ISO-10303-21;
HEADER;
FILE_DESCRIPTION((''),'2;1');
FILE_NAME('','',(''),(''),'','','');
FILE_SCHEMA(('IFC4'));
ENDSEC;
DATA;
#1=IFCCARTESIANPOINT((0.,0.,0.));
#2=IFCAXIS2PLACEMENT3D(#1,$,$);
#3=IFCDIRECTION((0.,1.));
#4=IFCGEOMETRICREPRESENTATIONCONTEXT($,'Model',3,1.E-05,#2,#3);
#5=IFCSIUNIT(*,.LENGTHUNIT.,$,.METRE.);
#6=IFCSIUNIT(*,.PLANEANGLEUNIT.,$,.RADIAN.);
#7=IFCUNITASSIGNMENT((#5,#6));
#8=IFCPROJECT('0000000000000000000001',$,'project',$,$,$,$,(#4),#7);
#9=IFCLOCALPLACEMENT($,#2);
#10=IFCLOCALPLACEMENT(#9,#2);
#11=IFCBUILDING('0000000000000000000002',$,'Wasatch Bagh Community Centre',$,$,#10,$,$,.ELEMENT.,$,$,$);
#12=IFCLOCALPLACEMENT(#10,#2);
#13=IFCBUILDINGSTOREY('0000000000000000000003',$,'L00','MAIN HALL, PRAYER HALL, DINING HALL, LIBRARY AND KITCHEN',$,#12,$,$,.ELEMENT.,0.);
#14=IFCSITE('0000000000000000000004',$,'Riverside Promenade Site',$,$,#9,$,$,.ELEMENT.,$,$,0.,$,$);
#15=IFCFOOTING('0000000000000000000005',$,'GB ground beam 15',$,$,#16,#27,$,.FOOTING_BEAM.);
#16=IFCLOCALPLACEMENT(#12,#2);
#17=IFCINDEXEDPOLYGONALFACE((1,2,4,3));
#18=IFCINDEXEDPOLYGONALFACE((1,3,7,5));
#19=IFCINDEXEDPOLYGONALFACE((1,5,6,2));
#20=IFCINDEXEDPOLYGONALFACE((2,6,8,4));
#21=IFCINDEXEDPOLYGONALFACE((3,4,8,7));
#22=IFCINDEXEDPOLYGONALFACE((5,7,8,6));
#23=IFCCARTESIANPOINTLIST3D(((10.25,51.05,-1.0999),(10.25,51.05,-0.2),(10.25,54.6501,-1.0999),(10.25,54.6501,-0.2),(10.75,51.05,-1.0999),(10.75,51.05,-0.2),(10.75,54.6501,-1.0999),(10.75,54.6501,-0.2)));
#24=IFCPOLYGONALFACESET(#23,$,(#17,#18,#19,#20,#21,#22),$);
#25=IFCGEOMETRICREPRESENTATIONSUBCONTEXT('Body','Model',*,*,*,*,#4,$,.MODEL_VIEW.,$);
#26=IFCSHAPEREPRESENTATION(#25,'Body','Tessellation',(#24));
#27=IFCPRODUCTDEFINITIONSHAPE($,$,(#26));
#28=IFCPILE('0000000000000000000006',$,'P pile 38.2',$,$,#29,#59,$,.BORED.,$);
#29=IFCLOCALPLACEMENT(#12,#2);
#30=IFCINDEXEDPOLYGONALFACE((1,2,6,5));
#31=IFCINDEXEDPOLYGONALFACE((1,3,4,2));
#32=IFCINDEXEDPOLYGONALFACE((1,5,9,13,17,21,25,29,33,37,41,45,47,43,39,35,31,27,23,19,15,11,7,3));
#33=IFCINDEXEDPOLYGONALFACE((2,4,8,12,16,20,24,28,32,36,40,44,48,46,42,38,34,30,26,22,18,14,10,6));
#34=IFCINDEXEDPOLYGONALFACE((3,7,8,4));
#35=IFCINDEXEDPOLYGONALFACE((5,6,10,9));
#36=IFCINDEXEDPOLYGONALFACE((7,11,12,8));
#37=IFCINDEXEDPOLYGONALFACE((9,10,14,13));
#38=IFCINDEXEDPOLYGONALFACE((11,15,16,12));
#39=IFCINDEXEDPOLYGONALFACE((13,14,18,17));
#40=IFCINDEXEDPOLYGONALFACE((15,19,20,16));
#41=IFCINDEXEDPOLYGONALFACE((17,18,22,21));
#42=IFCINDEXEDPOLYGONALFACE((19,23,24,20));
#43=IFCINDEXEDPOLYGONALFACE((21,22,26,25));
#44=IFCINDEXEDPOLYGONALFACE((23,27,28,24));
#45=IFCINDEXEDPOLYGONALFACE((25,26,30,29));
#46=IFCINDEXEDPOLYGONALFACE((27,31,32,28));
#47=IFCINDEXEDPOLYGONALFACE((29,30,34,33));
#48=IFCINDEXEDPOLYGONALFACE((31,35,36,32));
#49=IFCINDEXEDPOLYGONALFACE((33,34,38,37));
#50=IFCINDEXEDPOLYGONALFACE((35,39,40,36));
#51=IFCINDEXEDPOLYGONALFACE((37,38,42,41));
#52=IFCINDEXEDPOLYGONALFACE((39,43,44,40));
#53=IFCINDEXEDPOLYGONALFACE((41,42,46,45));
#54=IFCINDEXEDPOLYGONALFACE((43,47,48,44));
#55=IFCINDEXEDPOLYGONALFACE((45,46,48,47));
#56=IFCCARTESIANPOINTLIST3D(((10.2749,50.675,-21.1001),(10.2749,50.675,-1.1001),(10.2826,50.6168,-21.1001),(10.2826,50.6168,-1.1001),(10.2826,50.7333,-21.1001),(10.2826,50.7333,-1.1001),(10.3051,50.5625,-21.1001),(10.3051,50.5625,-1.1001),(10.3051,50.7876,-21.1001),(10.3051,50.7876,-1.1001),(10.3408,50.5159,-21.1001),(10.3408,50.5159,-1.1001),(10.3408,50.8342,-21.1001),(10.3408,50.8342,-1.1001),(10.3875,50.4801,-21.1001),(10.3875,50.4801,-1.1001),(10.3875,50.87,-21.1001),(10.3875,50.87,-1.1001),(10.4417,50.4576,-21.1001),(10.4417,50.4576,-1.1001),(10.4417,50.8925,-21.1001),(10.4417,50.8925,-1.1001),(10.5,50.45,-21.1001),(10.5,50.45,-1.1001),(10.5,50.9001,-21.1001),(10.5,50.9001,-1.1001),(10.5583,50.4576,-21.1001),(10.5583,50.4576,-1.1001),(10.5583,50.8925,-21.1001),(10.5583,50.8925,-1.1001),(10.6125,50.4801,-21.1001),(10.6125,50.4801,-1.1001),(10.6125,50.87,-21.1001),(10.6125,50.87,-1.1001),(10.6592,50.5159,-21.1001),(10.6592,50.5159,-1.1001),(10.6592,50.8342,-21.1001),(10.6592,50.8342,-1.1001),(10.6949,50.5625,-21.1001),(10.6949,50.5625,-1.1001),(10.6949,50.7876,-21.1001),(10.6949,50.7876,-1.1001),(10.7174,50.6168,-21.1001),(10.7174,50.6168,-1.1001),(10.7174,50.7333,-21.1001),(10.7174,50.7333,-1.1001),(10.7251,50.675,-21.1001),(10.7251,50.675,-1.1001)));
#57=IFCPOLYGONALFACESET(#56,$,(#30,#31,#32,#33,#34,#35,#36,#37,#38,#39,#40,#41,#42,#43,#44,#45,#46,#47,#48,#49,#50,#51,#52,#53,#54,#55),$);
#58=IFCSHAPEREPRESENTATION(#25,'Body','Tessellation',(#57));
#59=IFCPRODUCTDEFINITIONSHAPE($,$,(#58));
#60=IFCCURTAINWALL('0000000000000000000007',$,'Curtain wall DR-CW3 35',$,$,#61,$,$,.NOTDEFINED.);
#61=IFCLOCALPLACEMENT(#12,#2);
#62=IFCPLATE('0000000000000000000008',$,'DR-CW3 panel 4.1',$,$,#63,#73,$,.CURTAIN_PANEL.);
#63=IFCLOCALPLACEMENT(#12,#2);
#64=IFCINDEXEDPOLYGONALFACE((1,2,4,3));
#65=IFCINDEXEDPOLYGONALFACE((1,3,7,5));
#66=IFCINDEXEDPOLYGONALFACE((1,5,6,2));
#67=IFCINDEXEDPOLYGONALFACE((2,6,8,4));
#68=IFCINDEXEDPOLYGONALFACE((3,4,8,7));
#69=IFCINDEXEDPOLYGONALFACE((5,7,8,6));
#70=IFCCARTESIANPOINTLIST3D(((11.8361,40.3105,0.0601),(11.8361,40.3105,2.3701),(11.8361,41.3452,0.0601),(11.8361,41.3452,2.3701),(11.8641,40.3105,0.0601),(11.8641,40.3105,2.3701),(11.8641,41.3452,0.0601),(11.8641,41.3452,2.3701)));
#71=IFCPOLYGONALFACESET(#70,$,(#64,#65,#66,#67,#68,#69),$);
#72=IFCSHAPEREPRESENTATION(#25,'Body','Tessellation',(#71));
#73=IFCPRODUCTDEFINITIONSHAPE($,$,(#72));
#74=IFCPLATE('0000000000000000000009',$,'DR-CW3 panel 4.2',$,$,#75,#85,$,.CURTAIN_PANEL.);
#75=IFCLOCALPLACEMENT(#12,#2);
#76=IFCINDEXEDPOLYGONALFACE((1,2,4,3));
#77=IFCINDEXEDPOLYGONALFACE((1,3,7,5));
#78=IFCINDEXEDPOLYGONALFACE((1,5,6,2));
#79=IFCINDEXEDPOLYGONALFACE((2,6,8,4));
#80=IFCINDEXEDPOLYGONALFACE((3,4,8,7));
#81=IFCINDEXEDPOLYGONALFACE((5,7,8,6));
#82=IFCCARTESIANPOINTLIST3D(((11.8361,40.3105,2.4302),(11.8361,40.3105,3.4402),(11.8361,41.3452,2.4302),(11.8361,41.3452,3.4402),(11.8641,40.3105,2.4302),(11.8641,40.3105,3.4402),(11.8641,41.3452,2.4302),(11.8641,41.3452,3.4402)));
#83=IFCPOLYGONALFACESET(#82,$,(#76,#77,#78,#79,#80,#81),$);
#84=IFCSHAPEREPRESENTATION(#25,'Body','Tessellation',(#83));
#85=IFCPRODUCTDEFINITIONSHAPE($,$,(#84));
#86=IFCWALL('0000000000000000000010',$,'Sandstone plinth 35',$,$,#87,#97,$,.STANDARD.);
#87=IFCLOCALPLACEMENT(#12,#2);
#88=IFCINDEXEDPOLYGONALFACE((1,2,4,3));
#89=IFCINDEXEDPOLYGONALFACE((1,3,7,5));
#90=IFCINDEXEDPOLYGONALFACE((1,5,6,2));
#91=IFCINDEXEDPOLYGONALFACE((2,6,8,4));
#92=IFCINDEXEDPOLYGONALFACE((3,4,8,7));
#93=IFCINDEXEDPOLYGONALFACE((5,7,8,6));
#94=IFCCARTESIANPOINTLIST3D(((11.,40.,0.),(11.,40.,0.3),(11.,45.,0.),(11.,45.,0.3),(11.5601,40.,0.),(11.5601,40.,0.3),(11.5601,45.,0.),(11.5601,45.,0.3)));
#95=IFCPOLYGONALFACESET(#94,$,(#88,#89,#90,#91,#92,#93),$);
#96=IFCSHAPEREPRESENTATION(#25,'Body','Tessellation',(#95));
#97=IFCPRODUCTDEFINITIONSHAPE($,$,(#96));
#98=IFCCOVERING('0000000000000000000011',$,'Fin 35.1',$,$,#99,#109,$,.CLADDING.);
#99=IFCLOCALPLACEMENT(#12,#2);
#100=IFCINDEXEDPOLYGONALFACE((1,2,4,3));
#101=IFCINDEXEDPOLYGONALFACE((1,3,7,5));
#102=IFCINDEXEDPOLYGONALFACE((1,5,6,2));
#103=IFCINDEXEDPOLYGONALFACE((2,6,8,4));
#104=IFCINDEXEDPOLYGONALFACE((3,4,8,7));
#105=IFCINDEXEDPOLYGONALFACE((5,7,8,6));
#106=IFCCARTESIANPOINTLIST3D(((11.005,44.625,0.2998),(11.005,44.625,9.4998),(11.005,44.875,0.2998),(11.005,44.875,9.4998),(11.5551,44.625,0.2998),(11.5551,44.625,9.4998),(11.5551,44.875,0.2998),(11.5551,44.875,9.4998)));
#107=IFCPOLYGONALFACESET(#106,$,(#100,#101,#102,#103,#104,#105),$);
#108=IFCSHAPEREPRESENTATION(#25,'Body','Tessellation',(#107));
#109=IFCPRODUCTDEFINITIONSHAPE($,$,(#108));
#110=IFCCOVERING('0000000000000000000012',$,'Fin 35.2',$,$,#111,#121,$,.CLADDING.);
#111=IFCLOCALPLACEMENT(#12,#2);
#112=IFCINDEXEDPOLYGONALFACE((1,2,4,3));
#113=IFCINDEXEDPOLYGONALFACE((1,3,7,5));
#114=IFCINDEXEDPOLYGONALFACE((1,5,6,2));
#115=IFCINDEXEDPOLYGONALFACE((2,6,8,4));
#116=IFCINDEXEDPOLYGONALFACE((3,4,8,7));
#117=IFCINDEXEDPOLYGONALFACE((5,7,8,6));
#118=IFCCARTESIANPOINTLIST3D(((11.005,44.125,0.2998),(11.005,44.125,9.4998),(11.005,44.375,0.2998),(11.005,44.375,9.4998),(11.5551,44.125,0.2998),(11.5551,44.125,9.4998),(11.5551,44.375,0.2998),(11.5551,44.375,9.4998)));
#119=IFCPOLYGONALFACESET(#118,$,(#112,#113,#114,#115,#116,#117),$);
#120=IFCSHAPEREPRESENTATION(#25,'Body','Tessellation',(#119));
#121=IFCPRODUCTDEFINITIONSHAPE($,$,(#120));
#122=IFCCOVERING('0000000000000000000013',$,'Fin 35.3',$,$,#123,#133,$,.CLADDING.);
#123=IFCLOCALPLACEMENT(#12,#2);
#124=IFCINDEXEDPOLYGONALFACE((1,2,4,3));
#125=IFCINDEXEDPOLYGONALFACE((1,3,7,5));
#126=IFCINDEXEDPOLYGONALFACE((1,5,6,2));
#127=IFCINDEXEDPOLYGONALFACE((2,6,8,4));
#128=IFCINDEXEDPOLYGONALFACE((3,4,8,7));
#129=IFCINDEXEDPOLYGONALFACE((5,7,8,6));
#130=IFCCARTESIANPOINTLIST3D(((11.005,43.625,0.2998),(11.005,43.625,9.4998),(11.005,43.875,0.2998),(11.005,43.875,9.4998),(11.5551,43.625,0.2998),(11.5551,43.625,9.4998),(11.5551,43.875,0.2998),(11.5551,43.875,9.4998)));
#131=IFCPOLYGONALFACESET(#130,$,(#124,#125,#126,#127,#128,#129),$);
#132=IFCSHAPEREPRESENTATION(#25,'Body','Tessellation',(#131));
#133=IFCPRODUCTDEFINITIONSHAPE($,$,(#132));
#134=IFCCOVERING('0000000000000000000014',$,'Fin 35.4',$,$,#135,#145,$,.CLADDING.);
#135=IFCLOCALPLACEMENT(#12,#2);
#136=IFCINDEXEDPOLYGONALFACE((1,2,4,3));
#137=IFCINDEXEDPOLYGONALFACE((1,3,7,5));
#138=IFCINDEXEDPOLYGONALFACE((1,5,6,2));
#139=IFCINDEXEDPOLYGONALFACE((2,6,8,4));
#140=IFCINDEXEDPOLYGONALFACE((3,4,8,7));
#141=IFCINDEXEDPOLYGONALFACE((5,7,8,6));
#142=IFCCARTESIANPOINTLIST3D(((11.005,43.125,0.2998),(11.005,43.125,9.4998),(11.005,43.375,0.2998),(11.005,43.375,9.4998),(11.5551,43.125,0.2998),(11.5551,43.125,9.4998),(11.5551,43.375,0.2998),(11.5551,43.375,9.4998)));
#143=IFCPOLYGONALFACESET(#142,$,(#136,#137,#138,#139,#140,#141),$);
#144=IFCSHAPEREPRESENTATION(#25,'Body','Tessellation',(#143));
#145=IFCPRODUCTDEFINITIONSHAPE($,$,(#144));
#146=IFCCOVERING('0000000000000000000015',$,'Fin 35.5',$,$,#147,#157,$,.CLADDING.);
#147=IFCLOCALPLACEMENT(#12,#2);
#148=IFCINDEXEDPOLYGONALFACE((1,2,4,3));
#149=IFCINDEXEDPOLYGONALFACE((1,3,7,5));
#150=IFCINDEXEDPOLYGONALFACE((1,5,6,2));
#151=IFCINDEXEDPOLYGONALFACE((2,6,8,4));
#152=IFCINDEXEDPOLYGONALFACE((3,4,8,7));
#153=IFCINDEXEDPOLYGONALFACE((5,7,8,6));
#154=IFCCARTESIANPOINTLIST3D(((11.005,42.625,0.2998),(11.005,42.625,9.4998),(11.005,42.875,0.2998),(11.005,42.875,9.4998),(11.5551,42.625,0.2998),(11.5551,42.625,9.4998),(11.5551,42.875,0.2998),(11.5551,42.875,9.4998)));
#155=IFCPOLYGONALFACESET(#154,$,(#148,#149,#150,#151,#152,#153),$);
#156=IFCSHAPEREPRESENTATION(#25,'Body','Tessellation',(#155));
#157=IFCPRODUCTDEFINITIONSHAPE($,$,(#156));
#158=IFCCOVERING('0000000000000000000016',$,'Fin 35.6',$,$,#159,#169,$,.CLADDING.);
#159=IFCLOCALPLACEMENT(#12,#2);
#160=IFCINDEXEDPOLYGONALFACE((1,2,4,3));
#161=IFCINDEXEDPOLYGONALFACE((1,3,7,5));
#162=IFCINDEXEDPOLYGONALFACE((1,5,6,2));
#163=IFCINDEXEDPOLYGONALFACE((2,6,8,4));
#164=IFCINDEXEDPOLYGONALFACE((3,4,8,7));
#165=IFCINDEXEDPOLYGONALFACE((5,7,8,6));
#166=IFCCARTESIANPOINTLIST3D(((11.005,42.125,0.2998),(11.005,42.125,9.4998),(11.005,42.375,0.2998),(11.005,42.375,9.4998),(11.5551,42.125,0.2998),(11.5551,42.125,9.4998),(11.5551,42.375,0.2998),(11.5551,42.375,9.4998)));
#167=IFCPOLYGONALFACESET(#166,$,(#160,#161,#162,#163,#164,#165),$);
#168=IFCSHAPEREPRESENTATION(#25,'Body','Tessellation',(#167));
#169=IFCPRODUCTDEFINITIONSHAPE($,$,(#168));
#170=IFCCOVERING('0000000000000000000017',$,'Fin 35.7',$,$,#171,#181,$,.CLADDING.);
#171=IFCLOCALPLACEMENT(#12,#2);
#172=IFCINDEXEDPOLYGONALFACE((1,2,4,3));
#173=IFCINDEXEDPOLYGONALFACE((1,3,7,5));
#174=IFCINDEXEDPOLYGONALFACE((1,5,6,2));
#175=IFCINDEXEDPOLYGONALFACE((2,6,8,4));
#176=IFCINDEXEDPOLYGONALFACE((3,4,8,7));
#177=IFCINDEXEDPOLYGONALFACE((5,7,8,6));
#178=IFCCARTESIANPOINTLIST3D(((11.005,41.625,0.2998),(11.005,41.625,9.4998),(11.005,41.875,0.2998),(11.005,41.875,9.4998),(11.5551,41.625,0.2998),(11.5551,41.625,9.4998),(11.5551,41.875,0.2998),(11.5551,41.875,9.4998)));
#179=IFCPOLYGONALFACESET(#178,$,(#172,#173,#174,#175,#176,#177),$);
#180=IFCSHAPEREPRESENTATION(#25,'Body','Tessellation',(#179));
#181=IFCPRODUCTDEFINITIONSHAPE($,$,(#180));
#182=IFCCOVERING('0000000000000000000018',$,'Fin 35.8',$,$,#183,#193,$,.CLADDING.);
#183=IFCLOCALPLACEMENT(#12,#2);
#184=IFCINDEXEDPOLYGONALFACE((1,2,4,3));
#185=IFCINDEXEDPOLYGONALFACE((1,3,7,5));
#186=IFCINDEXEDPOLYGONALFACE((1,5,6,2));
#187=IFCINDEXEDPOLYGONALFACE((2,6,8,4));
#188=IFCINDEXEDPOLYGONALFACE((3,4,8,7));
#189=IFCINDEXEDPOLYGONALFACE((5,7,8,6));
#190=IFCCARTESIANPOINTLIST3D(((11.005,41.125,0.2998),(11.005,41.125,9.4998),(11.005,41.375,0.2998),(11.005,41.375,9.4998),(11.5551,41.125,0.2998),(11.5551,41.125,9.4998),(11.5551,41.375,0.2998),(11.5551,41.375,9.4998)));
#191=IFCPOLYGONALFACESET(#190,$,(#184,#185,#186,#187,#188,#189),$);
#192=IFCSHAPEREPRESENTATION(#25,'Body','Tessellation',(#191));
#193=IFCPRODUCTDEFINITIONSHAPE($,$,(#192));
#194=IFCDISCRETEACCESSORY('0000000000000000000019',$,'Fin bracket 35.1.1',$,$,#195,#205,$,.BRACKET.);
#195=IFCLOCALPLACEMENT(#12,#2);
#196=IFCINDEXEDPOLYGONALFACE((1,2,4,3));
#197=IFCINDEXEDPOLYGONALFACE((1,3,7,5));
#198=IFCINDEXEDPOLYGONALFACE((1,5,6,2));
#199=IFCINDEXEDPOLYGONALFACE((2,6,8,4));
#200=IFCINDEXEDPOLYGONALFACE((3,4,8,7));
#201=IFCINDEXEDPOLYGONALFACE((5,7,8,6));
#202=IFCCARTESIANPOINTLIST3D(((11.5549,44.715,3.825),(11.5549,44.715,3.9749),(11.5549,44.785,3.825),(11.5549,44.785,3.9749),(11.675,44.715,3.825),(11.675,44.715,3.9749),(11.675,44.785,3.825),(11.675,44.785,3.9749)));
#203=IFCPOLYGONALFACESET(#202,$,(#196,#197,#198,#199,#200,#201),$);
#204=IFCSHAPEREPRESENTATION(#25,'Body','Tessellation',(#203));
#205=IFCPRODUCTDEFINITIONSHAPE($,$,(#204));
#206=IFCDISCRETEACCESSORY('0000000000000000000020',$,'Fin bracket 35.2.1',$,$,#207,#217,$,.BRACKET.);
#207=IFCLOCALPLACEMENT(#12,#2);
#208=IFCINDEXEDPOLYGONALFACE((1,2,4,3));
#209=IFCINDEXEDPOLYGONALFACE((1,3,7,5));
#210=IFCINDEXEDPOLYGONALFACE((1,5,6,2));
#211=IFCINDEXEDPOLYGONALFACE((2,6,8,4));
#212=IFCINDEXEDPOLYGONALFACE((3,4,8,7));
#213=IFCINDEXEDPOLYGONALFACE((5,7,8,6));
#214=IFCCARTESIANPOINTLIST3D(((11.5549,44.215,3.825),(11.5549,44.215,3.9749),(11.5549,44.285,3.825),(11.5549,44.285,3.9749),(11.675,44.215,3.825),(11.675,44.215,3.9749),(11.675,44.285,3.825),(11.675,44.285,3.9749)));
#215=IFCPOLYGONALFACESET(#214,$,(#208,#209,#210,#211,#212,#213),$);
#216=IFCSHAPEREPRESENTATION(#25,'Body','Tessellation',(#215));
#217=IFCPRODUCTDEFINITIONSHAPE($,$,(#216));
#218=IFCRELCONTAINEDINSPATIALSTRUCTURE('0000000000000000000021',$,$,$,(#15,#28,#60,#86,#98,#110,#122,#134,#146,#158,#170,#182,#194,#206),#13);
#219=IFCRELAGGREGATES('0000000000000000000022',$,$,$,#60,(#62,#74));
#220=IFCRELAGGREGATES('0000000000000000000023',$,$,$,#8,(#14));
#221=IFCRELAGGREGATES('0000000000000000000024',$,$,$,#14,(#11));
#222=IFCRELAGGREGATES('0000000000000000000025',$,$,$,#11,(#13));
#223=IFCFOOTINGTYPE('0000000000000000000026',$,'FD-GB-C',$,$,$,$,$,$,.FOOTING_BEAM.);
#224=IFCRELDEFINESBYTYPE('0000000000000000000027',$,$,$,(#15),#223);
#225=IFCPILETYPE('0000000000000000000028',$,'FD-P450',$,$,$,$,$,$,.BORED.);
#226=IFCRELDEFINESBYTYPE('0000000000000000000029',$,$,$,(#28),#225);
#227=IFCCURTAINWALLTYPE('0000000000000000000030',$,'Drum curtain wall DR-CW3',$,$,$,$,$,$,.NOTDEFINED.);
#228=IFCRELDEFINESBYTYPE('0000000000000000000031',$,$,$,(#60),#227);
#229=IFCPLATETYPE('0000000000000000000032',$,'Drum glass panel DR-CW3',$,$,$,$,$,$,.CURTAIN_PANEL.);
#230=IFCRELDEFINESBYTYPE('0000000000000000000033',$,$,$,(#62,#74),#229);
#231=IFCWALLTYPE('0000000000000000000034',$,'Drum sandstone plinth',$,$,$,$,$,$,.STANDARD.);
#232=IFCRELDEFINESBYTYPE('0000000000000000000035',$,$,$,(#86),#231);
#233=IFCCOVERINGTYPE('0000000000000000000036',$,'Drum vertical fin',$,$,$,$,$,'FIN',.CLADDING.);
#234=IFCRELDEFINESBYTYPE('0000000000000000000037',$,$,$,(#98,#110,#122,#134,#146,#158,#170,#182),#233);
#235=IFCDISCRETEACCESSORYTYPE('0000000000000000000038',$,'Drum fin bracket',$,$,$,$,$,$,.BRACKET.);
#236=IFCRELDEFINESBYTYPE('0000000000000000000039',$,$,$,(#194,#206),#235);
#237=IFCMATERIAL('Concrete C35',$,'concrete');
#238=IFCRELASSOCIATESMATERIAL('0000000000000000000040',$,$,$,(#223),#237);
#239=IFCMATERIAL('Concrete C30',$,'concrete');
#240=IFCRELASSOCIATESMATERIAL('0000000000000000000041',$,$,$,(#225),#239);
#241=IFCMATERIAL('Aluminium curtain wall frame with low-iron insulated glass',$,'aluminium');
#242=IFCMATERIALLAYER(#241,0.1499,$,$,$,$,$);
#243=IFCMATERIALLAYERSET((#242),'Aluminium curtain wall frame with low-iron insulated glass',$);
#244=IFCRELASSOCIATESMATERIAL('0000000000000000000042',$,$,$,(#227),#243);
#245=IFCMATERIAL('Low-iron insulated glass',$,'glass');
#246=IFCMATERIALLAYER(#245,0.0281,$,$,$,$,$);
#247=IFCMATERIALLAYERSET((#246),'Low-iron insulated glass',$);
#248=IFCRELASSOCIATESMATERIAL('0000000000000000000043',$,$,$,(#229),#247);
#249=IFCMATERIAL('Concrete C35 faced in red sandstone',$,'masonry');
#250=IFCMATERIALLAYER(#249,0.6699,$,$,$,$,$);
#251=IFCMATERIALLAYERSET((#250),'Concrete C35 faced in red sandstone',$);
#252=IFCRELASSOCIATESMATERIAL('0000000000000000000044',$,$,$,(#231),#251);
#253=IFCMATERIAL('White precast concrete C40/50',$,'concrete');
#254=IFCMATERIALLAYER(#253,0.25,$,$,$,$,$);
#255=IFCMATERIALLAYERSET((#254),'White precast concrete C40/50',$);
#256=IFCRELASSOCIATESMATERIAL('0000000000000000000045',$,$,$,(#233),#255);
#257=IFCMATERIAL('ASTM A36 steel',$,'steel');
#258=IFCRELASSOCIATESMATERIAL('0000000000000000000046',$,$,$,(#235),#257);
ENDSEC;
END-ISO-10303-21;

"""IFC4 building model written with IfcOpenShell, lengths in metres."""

from ifc_helpers import new_model, si_unit, direction, frame, frame_2d, origin, origin_2d, place, context, subcontext, project, spatial, rectangle, circle, extrude, material, layer, layer_set, material_profile, profile_set, type_object, element, aggregate, save


model = new_model("IFC4")

# Units and contexts
model_context = context("Model", 3, precision=1e-05, world=origin(), true_north=direction((0.0, 1.0)))
body_context = subcontext(model_context, "Body", "Model", "MODEL_VIEW")
ifc_project = project(units=[si_unit("LENGTHUNIT", "METRE"), si_unit("PLANEANGLEUNIT", "RADIAN")], contexts=[model_context])

# Site, building, storey
site_placement = place(None, origin())
site = spatial("IfcSite", under=ifc_project, at=site_placement, Name="Riverside Promenade Site", CompositionType="ELEMENT", RefElevation=0.0)
building_placement = place(site_placement, origin())
building = spatial("IfcBuilding", under=site, at=building_placement, Name="Wasatch Bagh Community Centre", CompositionType="ELEMENT")
storey_placement = place(building_placement, origin())
storey = spatial("IfcBuildingStorey", under=building, at=storey_placement, Name="L00", Description="MAIN HALL, PRAYER HALL, DINING HALL, LIBRARY AND KITCHEN", CompositionType="ELEMENT", Elevation=0.0)

# Footing
ifc_material_1 = material(Name="Concrete C35", Category="concrete")
footing_type = type_object("IfcFootingType", Name="FD-GB-C", PredefinedType="FOOTING_BEAM", material=ifc_material_1)
footing_placement = place(storey_placement, frame((10.5, 52.8501, -1.0999), z_axis=(0.0, 0.0, 1.0), x_axis=(0.0, -1.0, 0.0)))
element("IfcFooting", 1, at=footing_placement, inside=storey, type_object=footing_type, Name="GB ground beam 15", PredefinedType="FOOTING_BEAM", context=body_context, shape_type="SweptSolid", body=[
    extrude(rectangle(XDim=3.6001, YDim=0.5, at=origin_2d()), origin(), (0.0, 0.0, 1.0), 0.8999),
])

# Pile
ifc_material_2 = material(Name="Concrete C30", Category="concrete")
ifc_material_profile = material_profile(ifc_material_2, circle(Radius=0.2251, at=origin_2d()), Name="RC D450")
ifc_profile_set = profile_set([ifc_material_profile], Name="Concrete C30")
pile_type = type_object("IfcPileType", Name="FD-P450", PredefinedType="BORED", material=ifc_profile_set)
pile_placement = place(storey_placement, frame((10.5, 50.675, -1.1001), z_axis=(0.0, 0.0, -1.0), x_axis=(1.0, 0.0, 0.0)))
element("IfcPile", 2, at=pile_placement, inside=storey, type_object=pile_type, Name="P pile 38.2", PredefinedType="BORED", context=body_context, shape_type="SweptSolid", body=[
    extrude(circle(Radius=0.2251, at=origin_2d()), origin(), (0.0, 0.0, 1.0), 20.0),
])

# Curtain wall, plates
ifc_material_3 = material(Name="Aluminium curtain wall frame with low-iron insulated glass", Category="aluminium")
ifc_layer_1 = layer(ifc_material_3, 0.1499)
ifc_layer_set_1 = layer_set([ifc_layer_1], Name="Aluminium curtain wall frame with low-iron insulated glass")
curtain_wall_type = type_object("IfcCurtainWallType", Name="Drum curtain wall DR-CW3", PredefinedType="NOTDEFINED", material=ifc_layer_set_1)
curtain_wall_placement = place(storey_placement, origin())
curtain_wall = element("IfcCurtainWall", 3, at=curtain_wall_placement, inside=storey, type_object=curtain_wall_type, Name="Curtain wall DR-CW3 35", PredefinedType="NOTDEFINED")
ifc_material_4 = material(Name="Low-iron insulated glass", Category="glass")
ifc_layer_2 = layer(ifc_material_4, 0.0281)
ifc_layer_set_2 = layer_set([ifc_layer_2], Name="Low-iron insulated glass")
plate_type = type_object("IfcPlateType", Name="Drum glass panel DR-CW3", PredefinedType="CURTAIN_PANEL", material=ifc_layer_set_2)
plate_1_placement = place(storey_placement, frame((11.8501, 40.8279, 0.0601), z_axis=(0.0, 0.0, 1.0), x_axis=(0.0, -1.0, 0.0)))
plate_1 = element("IfcPlate", 4, at=plate_1_placement, type_object=plate_type, Name="DR-CW3 panel 4.1", PredefinedType="CURTAIN_PANEL", context=body_context, shape_type="SweptSolid", body=[
    extrude(rectangle(XDim=1.0347, YDim=0.0281, at=origin_2d()), origin(), (0.0, 0.0, 1.0), 2.3101),
])
plate_2_placement = place(storey_placement, frame((11.8501, 40.8279, 2.4302), z_axis=(0.0, 0.0, 1.0), x_axis=(0.0, -1.0, 0.0)))
plate_2 = element("IfcPlate", 5, at=plate_2_placement, type_object=plate_type, Name="DR-CW3 panel 4.2", PredefinedType="CURTAIN_PANEL", context=body_context, shape_type="SweptSolid", body=[
    extrude(rectangle(XDim=1.0347, YDim=0.0281, at=origin_2d()), origin(), (0.0, 0.0, 1.0), 1.01),
])
aggregate(curtain_wall, [plate_1, plate_2])

# Wall
ifc_material_5 = material(Name="Concrete C35 faced in red sandstone", Category="masonry")
ifc_layer_3 = layer(ifc_material_5, 0.6699)
ifc_layer_set_3 = layer_set([ifc_layer_3], Name="Concrete C35 faced in red sandstone")
wall_type = type_object("IfcWallType", Name="Drum sandstone plinth", PredefinedType="STANDARD", material=ifc_layer_set_3)
wall_placement = place(storey_placement, frame((11.28, 45.0, 0.0), z_axis=(0.0, 0.0, 1.0), x_axis=(0.0, -1.0, 0.0)))
element("IfcWall", 6, at=wall_placement, inside=storey, type_object=wall_type, Name="Sandstone plinth 35", PredefinedType="STANDARD", context=body_context, shape_type="SweptSolid", body=[
    extrude(rectangle(XDim=5.0, YDim=0.5601, at=frame_2d((2.5, 0.0))), origin(), (0.0, 0.0, 1.0), 0.3),
])

# Coverings
ifc_material_6 = material(Name="White precast concrete C40/50", Category="concrete")
ifc_layer_4 = layer(ifc_material_6, 0.25)
ifc_layer_set_4 = layer_set([ifc_layer_4], Name="White precast concrete C40/50")
covering_type = type_object("IfcCoveringType", Name="Drum vertical fin", ElementType="FIN", PredefinedType="CLADDING", material=ifc_layer_set_4)
for number, where, z_axis, x_axis, name in (
    (7, (11.28, 44.75, 0.2998), (0.0, 0.0, 1.0), (0.0, -1.0, 0.0), "Fin 35.1"),
    (8, (11.28, 44.25, 0.2998), (0.0, 0.0, 1.0), (0.0, -1.0, 0.0), "Fin 35.2"),
    (9, (11.28, 43.75, 0.2998), (0.0, 0.0, 1.0), (0.0, -1.0, 0.0), "Fin 35.3"),
    (10, (11.28, 43.25, 0.2998), (0.0, 0.0, 1.0), (0.0, -1.0, 0.0), "Fin 35.4"),
    (11, (11.28, 42.75, 0.2998), (0.0, 0.0, 1.0), (0.0, -1.0, 0.0), "Fin 35.5"),
    (12, (11.28, 42.25, 0.2998), (0.0, 0.0, 1.0), (0.0, -1.0, 0.0), "Fin 35.6"),
    (13, (11.28, 41.75, 0.2998), (0.0, 0.0, 1.0), (0.0, -1.0, 0.0), "Fin 35.7"),
    (14, (11.28, 41.25, 0.2998), (0.0, 0.0, 1.0), (0.0, -1.0, 0.0), "Fin 35.8"),
):
    element("IfcCovering", number, at=place(storey_placement, frame(where, z_axis=z_axis, x_axis=x_axis)), inside=storey, type_object=covering_type, Name=name, PredefinedType="CLADDING", context=body_context, shape_type="SweptSolid", body=[
        extrude(rectangle(XDim=0.25, YDim=0.55, at=origin_2d()), origin(), (0.0, 0.0, 1.0), 9.2),
    ])

# Discrete accessories
ifc_material_7 = material(Name="ASTM A36 steel", Category="steel")
discrete_accessory_type = type_object("IfcDiscreteAccessoryType", Name="Drum fin bracket", PredefinedType="BRACKET", material=ifc_material_7)
for number, where, z_axis, x_axis, name in (
    (15, (11.615, 44.75, 3.825), (0.0, 0.0, 1.0), (0.0, -1.0, 0.0), "Fin bracket 35.1.1"),
    (16, (11.615, 44.25, 3.825), (0.0, 0.0, 1.0), (0.0, -1.0, 0.0), "Fin bracket 35.2.1"),
):
    element("IfcDiscreteAccessory", number, at=place(storey_placement, frame(where, z_axis=z_axis, x_axis=x_axis)), inside=storey, type_object=discrete_accessory_type, Name=name, PredefinedType="BRACKET", context=body_context, shape_type="SweptSolid", body=[
        extrude(rectangle(XDim=0.0701, YDim=0.1201, at=origin_2d()), origin(), (0.0, 0.0, 1.0), 0.1499),
    ])

save(model, "model.ifc")
